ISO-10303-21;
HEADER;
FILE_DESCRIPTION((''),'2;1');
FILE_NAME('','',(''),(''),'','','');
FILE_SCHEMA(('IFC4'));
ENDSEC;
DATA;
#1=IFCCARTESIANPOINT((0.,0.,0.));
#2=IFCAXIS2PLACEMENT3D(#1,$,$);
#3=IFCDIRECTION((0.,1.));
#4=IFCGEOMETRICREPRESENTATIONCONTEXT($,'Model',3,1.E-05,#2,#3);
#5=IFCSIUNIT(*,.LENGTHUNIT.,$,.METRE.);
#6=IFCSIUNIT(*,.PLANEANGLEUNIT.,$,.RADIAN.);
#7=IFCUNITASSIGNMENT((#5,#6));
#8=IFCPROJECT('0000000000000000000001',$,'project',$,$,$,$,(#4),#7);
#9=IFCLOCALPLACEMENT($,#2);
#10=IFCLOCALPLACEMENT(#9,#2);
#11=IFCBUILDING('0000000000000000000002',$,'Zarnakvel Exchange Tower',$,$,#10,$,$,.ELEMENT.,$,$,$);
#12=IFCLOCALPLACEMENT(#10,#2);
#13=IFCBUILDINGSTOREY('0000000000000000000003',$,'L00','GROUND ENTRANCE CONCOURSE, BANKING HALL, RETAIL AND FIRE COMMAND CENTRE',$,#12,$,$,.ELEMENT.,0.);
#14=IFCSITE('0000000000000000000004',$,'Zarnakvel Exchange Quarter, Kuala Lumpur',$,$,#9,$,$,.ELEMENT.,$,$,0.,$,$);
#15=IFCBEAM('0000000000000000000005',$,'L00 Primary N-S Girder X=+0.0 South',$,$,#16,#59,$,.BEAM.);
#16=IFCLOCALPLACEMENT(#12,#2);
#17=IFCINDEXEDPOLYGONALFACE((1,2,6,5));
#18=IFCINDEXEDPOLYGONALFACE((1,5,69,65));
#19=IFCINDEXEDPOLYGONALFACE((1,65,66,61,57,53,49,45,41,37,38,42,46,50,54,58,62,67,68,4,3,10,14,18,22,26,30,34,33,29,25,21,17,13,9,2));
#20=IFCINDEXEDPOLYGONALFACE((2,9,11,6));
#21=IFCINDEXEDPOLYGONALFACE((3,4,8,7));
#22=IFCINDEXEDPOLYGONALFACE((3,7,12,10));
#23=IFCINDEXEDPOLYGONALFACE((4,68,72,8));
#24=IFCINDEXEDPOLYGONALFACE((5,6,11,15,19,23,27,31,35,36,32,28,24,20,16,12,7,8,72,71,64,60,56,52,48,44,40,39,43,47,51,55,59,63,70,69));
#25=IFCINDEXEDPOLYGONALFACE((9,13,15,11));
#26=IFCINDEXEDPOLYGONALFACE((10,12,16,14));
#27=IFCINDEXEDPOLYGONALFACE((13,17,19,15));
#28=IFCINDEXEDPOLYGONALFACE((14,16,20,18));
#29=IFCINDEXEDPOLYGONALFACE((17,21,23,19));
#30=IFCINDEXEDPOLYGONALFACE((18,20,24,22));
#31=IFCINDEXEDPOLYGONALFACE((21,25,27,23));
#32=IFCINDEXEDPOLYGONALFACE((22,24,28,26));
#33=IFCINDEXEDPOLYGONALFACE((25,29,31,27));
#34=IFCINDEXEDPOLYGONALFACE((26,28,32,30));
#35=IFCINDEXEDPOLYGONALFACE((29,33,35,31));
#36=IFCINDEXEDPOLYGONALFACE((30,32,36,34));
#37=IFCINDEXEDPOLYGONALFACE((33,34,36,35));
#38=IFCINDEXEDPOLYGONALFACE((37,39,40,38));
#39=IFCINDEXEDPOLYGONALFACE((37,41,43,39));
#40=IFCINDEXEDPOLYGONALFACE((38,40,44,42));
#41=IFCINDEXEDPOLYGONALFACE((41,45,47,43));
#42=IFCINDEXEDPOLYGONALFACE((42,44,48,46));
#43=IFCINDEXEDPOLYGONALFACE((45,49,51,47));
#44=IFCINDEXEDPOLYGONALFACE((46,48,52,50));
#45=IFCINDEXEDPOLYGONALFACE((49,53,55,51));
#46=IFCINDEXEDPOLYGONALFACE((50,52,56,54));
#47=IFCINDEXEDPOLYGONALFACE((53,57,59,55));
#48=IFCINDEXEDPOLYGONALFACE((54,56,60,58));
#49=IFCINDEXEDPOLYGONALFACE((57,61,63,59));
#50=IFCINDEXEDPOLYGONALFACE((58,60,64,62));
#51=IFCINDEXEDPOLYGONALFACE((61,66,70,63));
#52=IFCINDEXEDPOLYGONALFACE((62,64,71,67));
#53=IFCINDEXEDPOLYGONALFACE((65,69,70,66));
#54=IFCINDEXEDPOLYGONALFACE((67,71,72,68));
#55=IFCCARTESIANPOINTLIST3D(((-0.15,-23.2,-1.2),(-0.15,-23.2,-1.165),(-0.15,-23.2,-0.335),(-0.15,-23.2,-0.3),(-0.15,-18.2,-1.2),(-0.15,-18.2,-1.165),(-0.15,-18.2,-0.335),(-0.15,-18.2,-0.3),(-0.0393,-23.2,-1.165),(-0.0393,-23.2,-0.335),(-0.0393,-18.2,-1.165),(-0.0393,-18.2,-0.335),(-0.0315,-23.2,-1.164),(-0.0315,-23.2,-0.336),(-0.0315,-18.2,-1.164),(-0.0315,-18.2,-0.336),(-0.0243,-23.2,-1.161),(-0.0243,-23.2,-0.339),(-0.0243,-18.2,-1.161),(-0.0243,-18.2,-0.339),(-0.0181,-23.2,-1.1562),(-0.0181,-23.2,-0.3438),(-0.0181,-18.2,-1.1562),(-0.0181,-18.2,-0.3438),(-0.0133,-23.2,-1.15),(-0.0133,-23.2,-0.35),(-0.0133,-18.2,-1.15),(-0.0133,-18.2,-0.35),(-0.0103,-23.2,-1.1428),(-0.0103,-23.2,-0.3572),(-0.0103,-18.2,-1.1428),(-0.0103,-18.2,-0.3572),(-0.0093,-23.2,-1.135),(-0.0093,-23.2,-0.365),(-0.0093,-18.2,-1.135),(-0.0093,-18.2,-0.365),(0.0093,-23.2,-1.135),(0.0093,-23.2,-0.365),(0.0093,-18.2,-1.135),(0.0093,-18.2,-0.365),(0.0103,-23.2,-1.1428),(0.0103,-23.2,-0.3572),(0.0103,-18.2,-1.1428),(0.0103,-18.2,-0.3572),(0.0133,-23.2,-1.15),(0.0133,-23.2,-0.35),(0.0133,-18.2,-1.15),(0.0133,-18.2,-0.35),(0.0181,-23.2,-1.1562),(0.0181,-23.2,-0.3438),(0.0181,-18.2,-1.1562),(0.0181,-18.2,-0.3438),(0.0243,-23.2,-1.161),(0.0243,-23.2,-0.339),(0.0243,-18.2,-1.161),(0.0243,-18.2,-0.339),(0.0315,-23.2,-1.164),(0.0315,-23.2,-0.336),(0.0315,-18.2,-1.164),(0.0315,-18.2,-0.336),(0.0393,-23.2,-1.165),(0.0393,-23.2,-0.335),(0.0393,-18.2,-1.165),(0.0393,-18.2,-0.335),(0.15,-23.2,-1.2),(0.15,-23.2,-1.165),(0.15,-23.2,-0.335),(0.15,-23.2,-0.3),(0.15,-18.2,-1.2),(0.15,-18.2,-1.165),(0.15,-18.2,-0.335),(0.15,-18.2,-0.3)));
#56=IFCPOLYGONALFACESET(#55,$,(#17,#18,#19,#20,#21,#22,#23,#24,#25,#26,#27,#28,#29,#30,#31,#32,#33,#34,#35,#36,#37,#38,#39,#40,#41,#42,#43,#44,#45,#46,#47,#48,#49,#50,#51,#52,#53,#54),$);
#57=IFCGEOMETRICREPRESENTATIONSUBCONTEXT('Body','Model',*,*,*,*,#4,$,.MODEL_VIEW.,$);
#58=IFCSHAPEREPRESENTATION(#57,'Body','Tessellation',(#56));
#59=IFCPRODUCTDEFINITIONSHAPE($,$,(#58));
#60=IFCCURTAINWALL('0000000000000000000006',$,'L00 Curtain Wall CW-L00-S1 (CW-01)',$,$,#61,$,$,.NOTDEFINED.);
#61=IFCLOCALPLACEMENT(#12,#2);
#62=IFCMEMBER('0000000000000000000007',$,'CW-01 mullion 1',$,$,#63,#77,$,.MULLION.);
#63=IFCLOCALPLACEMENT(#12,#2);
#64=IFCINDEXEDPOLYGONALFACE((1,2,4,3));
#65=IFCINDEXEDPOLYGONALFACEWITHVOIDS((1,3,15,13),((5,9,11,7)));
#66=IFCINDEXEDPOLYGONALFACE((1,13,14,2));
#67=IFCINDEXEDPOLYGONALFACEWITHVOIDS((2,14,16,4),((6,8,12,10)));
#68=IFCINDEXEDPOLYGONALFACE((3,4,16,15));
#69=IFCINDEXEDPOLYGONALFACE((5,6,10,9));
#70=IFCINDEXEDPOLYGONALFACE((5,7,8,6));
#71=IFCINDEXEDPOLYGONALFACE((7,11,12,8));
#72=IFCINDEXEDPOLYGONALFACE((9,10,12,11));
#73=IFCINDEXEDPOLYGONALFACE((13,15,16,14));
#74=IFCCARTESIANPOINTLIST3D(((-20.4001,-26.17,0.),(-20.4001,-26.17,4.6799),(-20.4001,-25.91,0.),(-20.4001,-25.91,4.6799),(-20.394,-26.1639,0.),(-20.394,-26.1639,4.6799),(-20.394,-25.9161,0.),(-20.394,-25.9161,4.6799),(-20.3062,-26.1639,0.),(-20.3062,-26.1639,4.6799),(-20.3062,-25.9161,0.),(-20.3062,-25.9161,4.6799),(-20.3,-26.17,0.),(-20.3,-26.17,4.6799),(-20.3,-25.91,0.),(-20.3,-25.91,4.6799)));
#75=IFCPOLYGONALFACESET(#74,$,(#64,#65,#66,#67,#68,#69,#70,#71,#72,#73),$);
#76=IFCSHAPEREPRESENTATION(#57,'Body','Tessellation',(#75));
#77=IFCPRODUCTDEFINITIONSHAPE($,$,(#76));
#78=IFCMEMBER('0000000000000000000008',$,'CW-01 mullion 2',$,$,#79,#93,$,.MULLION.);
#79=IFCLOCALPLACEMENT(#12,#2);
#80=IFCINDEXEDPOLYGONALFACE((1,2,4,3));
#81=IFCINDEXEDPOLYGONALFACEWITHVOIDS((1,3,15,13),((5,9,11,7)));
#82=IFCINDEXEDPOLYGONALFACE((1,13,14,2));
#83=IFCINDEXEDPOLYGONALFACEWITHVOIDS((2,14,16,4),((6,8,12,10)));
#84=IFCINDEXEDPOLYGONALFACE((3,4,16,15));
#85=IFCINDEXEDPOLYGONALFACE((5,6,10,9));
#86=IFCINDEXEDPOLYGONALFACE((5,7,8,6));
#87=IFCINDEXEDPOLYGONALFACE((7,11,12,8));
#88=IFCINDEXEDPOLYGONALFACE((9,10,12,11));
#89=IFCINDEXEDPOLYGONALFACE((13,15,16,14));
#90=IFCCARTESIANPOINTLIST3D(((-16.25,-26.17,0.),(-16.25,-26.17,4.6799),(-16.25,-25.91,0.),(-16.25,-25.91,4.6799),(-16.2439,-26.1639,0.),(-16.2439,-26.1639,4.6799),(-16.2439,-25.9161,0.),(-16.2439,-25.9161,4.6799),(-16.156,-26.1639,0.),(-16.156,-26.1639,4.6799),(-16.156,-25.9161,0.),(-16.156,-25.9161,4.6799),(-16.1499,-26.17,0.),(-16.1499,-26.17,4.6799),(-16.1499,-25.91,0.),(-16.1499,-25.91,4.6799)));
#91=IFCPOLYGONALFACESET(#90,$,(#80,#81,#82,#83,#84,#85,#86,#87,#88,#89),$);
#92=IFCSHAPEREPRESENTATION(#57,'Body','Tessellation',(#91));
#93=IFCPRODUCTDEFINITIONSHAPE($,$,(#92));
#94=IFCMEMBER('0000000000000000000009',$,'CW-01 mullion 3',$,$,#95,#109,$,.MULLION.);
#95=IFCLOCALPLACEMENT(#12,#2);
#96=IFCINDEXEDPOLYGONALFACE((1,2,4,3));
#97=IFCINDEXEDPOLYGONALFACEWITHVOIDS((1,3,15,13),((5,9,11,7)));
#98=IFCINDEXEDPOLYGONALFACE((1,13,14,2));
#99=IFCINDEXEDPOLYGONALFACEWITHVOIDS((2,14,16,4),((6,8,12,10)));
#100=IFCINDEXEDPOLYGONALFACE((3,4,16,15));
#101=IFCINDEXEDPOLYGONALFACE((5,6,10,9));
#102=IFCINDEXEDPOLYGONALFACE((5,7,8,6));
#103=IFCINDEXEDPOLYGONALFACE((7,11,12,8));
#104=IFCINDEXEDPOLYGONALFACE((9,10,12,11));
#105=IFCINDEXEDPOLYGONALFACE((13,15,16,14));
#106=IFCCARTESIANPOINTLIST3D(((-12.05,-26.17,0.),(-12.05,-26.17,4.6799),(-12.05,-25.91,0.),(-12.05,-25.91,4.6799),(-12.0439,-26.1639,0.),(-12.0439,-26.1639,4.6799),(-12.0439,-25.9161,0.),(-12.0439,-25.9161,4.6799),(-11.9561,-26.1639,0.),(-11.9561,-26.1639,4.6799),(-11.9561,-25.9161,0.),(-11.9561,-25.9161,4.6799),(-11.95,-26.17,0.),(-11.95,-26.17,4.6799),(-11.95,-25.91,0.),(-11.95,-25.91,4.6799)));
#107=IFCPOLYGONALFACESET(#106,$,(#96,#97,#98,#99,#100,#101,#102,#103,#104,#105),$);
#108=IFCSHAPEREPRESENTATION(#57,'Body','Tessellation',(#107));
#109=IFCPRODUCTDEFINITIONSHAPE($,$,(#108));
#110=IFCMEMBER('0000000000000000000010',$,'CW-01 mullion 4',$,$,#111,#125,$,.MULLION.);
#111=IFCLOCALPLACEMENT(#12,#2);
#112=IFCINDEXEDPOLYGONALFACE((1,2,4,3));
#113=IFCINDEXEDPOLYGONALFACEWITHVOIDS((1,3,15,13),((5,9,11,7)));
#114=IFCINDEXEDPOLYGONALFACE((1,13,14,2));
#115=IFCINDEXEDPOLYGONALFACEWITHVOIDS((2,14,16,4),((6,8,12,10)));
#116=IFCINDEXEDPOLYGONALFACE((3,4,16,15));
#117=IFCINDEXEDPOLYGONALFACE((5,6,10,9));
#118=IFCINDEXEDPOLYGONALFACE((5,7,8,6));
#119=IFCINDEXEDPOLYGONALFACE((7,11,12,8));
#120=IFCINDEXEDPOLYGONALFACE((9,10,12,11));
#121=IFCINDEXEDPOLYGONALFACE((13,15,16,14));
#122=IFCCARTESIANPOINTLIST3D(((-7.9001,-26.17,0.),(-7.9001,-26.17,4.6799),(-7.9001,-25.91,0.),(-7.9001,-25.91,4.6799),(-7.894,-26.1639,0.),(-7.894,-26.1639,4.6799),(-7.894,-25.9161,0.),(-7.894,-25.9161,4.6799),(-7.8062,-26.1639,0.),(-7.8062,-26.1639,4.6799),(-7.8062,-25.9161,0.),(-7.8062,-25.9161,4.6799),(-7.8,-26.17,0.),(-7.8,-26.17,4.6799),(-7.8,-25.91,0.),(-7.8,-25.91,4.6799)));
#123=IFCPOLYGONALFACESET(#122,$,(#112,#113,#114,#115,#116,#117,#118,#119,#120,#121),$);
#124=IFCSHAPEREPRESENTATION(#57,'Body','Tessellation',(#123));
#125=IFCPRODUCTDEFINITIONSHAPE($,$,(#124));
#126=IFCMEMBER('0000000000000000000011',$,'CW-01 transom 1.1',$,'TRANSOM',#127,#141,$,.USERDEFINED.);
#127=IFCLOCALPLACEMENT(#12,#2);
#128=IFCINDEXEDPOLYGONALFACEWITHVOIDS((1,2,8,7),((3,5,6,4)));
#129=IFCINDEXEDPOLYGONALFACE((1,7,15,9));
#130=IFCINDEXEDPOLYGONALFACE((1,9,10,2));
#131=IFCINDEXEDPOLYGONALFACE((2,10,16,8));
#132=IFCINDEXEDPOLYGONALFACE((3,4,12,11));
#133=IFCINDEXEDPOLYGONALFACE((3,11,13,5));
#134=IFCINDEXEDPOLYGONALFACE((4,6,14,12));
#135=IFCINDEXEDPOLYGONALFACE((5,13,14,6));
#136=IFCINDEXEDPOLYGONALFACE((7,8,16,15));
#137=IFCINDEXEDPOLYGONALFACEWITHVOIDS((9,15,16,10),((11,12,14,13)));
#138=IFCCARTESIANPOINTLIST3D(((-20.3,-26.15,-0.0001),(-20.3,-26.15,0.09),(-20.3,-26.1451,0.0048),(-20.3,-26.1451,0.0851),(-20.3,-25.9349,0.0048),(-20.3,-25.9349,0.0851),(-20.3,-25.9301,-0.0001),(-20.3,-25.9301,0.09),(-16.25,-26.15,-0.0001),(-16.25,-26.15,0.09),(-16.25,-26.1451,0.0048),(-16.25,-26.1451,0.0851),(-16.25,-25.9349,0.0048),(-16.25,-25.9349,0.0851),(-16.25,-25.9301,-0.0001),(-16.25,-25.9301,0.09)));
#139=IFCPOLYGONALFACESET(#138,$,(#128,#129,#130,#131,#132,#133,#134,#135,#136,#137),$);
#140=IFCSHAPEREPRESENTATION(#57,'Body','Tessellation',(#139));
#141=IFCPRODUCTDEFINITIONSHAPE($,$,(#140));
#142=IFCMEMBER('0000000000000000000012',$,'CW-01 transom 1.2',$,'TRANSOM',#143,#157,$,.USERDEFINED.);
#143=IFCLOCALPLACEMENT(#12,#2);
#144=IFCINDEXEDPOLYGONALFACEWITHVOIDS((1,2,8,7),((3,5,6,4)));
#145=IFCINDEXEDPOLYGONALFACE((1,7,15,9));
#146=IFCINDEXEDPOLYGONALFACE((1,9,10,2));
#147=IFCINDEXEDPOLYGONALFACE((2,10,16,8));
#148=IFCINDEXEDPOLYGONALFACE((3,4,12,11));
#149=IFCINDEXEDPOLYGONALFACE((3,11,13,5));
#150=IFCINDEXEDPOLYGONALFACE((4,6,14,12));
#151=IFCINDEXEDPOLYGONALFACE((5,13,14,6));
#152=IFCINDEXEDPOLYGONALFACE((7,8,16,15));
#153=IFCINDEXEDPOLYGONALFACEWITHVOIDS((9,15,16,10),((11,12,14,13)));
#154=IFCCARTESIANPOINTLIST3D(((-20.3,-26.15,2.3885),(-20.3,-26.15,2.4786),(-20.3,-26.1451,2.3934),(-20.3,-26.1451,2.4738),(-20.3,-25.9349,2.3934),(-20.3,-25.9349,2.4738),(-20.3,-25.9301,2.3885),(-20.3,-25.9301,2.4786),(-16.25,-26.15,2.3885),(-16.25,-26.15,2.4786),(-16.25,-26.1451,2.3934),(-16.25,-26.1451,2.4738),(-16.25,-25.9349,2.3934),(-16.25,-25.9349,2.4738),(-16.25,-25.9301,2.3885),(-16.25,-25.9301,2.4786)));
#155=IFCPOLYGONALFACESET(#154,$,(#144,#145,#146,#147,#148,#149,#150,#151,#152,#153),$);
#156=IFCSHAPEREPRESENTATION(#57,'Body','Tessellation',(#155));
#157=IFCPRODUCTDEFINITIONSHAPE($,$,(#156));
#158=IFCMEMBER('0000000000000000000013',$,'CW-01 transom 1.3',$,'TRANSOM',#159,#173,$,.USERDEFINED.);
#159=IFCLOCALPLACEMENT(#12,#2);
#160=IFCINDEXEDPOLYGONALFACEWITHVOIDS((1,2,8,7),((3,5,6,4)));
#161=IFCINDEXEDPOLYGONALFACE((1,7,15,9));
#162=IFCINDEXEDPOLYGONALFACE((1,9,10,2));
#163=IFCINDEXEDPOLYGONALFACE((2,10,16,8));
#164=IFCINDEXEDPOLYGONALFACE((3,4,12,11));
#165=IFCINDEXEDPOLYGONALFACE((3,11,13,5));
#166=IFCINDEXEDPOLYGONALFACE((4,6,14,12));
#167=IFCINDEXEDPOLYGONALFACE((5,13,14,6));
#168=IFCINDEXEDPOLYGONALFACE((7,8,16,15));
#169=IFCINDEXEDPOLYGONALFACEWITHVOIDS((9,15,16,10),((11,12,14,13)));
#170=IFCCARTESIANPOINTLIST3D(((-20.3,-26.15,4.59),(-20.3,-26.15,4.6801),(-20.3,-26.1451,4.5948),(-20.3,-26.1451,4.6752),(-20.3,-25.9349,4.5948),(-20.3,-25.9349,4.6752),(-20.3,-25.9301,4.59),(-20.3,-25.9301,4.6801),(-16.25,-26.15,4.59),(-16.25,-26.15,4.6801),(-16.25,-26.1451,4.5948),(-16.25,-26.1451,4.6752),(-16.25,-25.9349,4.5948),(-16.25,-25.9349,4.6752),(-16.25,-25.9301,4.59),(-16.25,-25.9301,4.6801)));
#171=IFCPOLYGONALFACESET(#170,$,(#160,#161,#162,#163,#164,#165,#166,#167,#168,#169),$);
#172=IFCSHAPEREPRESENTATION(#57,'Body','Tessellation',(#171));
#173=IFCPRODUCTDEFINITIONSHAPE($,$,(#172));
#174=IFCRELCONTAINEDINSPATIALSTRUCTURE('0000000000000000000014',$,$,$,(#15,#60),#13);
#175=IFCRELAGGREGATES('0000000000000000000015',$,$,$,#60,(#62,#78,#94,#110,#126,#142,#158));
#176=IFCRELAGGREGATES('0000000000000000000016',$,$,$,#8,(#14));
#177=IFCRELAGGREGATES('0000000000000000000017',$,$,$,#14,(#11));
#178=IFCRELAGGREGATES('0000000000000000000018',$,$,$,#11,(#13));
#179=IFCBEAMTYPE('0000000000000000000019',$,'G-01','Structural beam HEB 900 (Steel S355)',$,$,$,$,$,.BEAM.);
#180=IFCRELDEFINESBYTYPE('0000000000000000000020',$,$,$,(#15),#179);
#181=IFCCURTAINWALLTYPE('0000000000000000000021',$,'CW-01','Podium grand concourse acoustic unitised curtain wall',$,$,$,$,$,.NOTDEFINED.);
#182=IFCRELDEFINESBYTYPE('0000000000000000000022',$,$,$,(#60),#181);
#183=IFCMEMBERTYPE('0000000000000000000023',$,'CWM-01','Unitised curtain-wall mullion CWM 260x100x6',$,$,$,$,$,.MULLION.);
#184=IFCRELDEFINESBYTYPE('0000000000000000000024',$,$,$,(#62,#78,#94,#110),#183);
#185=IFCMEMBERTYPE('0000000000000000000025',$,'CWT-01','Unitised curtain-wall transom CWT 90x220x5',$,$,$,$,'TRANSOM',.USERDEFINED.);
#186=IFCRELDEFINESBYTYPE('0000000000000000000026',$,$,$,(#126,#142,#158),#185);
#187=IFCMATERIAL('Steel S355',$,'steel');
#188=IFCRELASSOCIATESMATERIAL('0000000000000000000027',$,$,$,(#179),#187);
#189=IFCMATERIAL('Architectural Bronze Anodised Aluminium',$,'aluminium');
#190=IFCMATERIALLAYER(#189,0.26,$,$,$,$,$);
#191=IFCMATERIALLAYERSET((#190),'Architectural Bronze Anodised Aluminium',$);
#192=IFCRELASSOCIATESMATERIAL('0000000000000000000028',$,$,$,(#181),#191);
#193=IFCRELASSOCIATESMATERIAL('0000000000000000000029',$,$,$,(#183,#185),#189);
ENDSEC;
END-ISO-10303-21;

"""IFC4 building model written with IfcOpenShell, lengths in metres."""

from ifc_helpers import new_model, si_unit, direction, frame, origin, origin_2d, place, context, subcontext, project, spatial, hollow_rectangle, i_section, extrude, source, transform, mapped, material, layer, layer_set, material_profile, profile_set, type_object, element, aggregate, save


model = new_model("IFC4")

# Units and contexts
model_context = context("Model", 3, precision=1e-05, world=origin(), true_north=direction((0.0, 1.0)))
body_context = subcontext(model_context, "Body", "Model", "MODEL_VIEW")
ifc_project = project(units=[si_unit("LENGTHUNIT", "METRE"), si_unit("PLANEANGLEUNIT", "RADIAN")], contexts=[model_context])

# Site, building, storey
site_placement = place(None, origin())
site = spatial("IfcSite", under=ifc_project, at=site_placement, Name="Zarnakvel Exchange Quarter, Kuala Lumpur", CompositionType="ELEMENT", RefElevation=0.0)
building_placement = place(site_placement, origin())
building = spatial("IfcBuilding", under=site, at=building_placement, Name="Zarnakvel Exchange Tower", CompositionType="ELEMENT")
storey_placement = place(building_placement, origin())
storey = spatial("IfcBuildingStorey", under=building, at=storey_placement, Name="L00", Description="GROUND ENTRANCE CONCOURSE, BANKING HALL, RETAIL AND FIRE COMMAND CENTRE", CompositionType="ELEMENT", Elevation=0.0)

# Beam
ifc_material_1 = material(Name="Steel S355", Category="steel")
ifc_material_profile_1 = material_profile(ifc_material_1, i_section(OverallWidth=0.3, OverallDepth=0.8999, WebThickness=0.0186, FlangeThickness=0.0349, FilletRadius=0.03, at=origin_2d()))
ifc_profile_set_1 = profile_set([ifc_material_profile_1], Name="Steel S355")
beam_type = type_object("IfcBeamType", Name="G-01", Description="Structural beam HEB 900 (Steel S355)", PredefinedType="BEAM", material=ifc_profile_set_1)
for number, where, z_axis, x_axis, name in (
    (1, (0.0, -23.2, -0.75), (0.0, 1.0, 0.0), (-1.0, 0.0, 0.0), "L00 Primary N-S Girder X=+0.0 South"),
):
    element("IfcBeam", number, at=place(storey_placement, frame(where, z_axis=z_axis, x_axis=x_axis)), inside=storey, type_object=beam_type, Name=name, PredefinedType="BEAM", context=body_context, shape_type="SweptSolid", body=[
        extrude(i_section(OverallWidth=0.3, OverallDepth=0.8999, WebThickness=0.0186, FlangeThickness=0.0349, FilletRadius=0.03, at=origin_2d()), origin(), (0.0, 0.0, 1.0), 5.0),
    ])

# Curtain wall, members
ifc_material_2 = material(Name="Architectural Bronze Anodised Aluminium", Category="aluminium")
ifc_layer_1 = layer(ifc_material_2, 0.26)
ifc_layer_set_1 = layer_set([ifc_layer_1], Name="Architectural Bronze Anodised Aluminium")
curtain_wall_type = type_object("IfcCurtainWallType", Name="CW-01", Description="Podium grand concourse acoustic unitised curtain wall", PredefinedType="NOTDEFINED", material=ifc_layer_set_1)
curtain_wall_placement = place(storey_placement, origin())
curtain_wall = element("IfcCurtainWall", 2, at=curtain_wall_placement, inside=storey, type_object=curtain_wall_type, Name="L00 Curtain Wall CW-L00-S1 (CW-01)", PredefinedType="NOTDEFINED")
ifc_material_profile_2 = material_profile(ifc_material_2, hollow_rectangle(XDim=0.26, YDim=0.1001, WallThickness=0.0061, at=origin_2d()))
ifc_profile_set_2 = profile_set([ifc_material_profile_2], Name="Architectural Bronze Anodised Aluminium")
member_type_1 = type_object("IfcMemberType", Name="CWM-01", Description="Unitised curtain-wall mullion CWM 260x100x6", PredefinedType="MULLION", material=ifc_profile_set_2)
shared_shape_1 = source(origin(), body_context, "Body", "SweptSolid", [
    extrude(hollow_rectangle(XDim=0.26, YDim=0.1001, WallThickness=0.0061, at=origin_2d()), origin(), (0.0, 0.0, 1.0), 4.6799),
])
member_1_placement = place(storey_placement, frame((-20.3501, -26.04, 0.0), z_axis=(0.0, 0.0, 1.0), x_axis=(0.0, 1.0, 0.0)))
member_1 = element("IfcMember", 3, at=member_1_placement, type_object=member_type_1, Name="CW-01 mullion 1", PredefinedType="MULLION", context=body_context, shape_type="MappedRepresentation", body=[
    mapped(shared_shape_1, transform((0.0, 0.0, 0.0), x_axis=(1.0, 0.0, 0.0), y_axis=(0.0, 1.0, 0.0), z_axis=(0.0, 0.0, 1.0), scale=1.0)),
])
member_2_placement = place(storey_placement, frame((-16.2, -26.04, 0.0), z_axis=(0.0, 0.0, 1.0), x_axis=(0.0, 1.0, 0.0)))
member_2 = element("IfcMember", 4, at=member_2_placement, type_object=member_type_1, Name="CW-01 mullion 2", PredefinedType="MULLION", context=body_context, shape_type="MappedRepresentation", body=[
    mapped(shared_shape_1, transform((0.0, 0.0, 0.0), x_axis=(1.0, 0.0, 0.0), y_axis=(0.0, 1.0, 0.0), z_axis=(0.0, 0.0, 1.0), scale=1.0)),
])
member_3_placement = place(storey_placement, frame((-12.0, -26.04, 0.0), z_axis=(0.0, 0.0, 1.0), x_axis=(0.0, 1.0, 0.0)))
member_3 = element("IfcMember", 5, at=member_3_placement, type_object=member_type_1, Name="CW-01 mullion 3", PredefinedType="MULLION", context=body_context, shape_type="MappedRepresentation", body=[
    mapped(shared_shape_1, transform((0.0, 0.0, 0.0), x_axis=(1.0, 0.0, 0.0), y_axis=(0.0, 1.0, 0.0), z_axis=(0.0, 0.0, 1.0), scale=1.0)),
])
member_4_placement = place(storey_placement, frame((-7.8501, -26.04, 0.0), z_axis=(0.0, 0.0, 1.0), x_axis=(0.0, 1.0, 0.0)))
member_4 = element("IfcMember", 6, at=member_4_placement, type_object=member_type_1, Name="CW-01 mullion 4", PredefinedType="MULLION", context=body_context, shape_type="MappedRepresentation", body=[
    mapped(shared_shape_1, transform((0.0, 0.0, 0.0), x_axis=(1.0, 0.0, 0.0), y_axis=(0.0, 1.0, 0.0), z_axis=(0.0, 0.0, 1.0), scale=1.0)),
])
ifc_material_profile_3 = material_profile(ifc_material_2, hollow_rectangle(XDim=0.22, YDim=0.0901, WallThickness=0.0049, at=origin_2d()))
ifc_profile_set_3 = profile_set([ifc_material_profile_3], Name="Architectural Bronze Anodised Aluminium")
member_type_2 = type_object("IfcMemberType", Name="CWT-01", Description="Unitised curtain-wall transom CWT 90x220x5", ElementType="TRANSOM", PredefinedType="USERDEFINED", material=ifc_profile_set_3)
shared_shape_2 = source(origin(), body_context, "Body", "SweptSolid", [
    extrude(hollow_rectangle(XDim=0.22, YDim=0.0901, WallThickness=0.0049, at=origin_2d()), origin(), (0.0, 0.0, 1.0), 4.05),
])
member_5_placement = place(storey_placement, frame((-20.3, -26.04, 0.0449), z_axis=(1.0, 0.0, 0.0), x_axis=(0.0, 1.0, 0.0)))
member_5 = element("IfcMember", 7, at=member_5_placement, type_object=member_type_2, Name="CW-01 transom 1.1", ObjectType="TRANSOM", PredefinedType="USERDEFINED", context=body_context, shape_type="MappedRepresentation", body=[
    mapped(shared_shape_2, transform((0.0, 0.0, 0.0), x_axis=(1.0, 0.0, 0.0), y_axis=(0.0, 1.0, 0.0), z_axis=(0.0, 0.0, 1.0), scale=1.0)),
])
member_6_placement = place(storey_placement, frame((-20.3, -26.04, 2.4336), z_axis=(1.0, 0.0, 0.0), x_axis=(0.0, 1.0, 0.0)))
member_6 = element("IfcMember", 8, at=member_6_placement, type_object=member_type_2, Name="CW-01 transom 1.2", ObjectType="TRANSOM", PredefinedType="USERDEFINED", context=body_context, shape_type="MappedRepresentation", body=[
    mapped(shared_shape_2, transform((0.0, 0.0, 0.0), x_axis=(1.0, 0.0, 0.0), y_axis=(0.0, 1.0, 0.0), z_axis=(0.0, 0.0, 1.0), scale=1.0)),
])
member_7_placement = place(storey_placement, frame((-20.3, -26.04, 4.635), z_axis=(1.0, 0.0, 0.0), x_axis=(0.0, 1.0, 0.0)))
member_7 = element("IfcMember", 9, at=member_7_placement, type_object=member_type_2, Name="CW-01 transom 1.3", ObjectType="TRANSOM", PredefinedType="USERDEFINED", context=body_context, shape_type="MappedRepresentation", body=[
    mapped(shared_shape_2, transform((0.0, 0.0, 0.0), x_axis=(1.0, 0.0, 0.0), y_axis=(0.0, 1.0, 0.0), z_axis=(0.0, 0.0, 1.0), scale=1.0)),
])
aggregate(curtain_wall, [member_1, member_2, member_3, member_4, member_5, member_6, member_7])

save(model, "model.ifc")
